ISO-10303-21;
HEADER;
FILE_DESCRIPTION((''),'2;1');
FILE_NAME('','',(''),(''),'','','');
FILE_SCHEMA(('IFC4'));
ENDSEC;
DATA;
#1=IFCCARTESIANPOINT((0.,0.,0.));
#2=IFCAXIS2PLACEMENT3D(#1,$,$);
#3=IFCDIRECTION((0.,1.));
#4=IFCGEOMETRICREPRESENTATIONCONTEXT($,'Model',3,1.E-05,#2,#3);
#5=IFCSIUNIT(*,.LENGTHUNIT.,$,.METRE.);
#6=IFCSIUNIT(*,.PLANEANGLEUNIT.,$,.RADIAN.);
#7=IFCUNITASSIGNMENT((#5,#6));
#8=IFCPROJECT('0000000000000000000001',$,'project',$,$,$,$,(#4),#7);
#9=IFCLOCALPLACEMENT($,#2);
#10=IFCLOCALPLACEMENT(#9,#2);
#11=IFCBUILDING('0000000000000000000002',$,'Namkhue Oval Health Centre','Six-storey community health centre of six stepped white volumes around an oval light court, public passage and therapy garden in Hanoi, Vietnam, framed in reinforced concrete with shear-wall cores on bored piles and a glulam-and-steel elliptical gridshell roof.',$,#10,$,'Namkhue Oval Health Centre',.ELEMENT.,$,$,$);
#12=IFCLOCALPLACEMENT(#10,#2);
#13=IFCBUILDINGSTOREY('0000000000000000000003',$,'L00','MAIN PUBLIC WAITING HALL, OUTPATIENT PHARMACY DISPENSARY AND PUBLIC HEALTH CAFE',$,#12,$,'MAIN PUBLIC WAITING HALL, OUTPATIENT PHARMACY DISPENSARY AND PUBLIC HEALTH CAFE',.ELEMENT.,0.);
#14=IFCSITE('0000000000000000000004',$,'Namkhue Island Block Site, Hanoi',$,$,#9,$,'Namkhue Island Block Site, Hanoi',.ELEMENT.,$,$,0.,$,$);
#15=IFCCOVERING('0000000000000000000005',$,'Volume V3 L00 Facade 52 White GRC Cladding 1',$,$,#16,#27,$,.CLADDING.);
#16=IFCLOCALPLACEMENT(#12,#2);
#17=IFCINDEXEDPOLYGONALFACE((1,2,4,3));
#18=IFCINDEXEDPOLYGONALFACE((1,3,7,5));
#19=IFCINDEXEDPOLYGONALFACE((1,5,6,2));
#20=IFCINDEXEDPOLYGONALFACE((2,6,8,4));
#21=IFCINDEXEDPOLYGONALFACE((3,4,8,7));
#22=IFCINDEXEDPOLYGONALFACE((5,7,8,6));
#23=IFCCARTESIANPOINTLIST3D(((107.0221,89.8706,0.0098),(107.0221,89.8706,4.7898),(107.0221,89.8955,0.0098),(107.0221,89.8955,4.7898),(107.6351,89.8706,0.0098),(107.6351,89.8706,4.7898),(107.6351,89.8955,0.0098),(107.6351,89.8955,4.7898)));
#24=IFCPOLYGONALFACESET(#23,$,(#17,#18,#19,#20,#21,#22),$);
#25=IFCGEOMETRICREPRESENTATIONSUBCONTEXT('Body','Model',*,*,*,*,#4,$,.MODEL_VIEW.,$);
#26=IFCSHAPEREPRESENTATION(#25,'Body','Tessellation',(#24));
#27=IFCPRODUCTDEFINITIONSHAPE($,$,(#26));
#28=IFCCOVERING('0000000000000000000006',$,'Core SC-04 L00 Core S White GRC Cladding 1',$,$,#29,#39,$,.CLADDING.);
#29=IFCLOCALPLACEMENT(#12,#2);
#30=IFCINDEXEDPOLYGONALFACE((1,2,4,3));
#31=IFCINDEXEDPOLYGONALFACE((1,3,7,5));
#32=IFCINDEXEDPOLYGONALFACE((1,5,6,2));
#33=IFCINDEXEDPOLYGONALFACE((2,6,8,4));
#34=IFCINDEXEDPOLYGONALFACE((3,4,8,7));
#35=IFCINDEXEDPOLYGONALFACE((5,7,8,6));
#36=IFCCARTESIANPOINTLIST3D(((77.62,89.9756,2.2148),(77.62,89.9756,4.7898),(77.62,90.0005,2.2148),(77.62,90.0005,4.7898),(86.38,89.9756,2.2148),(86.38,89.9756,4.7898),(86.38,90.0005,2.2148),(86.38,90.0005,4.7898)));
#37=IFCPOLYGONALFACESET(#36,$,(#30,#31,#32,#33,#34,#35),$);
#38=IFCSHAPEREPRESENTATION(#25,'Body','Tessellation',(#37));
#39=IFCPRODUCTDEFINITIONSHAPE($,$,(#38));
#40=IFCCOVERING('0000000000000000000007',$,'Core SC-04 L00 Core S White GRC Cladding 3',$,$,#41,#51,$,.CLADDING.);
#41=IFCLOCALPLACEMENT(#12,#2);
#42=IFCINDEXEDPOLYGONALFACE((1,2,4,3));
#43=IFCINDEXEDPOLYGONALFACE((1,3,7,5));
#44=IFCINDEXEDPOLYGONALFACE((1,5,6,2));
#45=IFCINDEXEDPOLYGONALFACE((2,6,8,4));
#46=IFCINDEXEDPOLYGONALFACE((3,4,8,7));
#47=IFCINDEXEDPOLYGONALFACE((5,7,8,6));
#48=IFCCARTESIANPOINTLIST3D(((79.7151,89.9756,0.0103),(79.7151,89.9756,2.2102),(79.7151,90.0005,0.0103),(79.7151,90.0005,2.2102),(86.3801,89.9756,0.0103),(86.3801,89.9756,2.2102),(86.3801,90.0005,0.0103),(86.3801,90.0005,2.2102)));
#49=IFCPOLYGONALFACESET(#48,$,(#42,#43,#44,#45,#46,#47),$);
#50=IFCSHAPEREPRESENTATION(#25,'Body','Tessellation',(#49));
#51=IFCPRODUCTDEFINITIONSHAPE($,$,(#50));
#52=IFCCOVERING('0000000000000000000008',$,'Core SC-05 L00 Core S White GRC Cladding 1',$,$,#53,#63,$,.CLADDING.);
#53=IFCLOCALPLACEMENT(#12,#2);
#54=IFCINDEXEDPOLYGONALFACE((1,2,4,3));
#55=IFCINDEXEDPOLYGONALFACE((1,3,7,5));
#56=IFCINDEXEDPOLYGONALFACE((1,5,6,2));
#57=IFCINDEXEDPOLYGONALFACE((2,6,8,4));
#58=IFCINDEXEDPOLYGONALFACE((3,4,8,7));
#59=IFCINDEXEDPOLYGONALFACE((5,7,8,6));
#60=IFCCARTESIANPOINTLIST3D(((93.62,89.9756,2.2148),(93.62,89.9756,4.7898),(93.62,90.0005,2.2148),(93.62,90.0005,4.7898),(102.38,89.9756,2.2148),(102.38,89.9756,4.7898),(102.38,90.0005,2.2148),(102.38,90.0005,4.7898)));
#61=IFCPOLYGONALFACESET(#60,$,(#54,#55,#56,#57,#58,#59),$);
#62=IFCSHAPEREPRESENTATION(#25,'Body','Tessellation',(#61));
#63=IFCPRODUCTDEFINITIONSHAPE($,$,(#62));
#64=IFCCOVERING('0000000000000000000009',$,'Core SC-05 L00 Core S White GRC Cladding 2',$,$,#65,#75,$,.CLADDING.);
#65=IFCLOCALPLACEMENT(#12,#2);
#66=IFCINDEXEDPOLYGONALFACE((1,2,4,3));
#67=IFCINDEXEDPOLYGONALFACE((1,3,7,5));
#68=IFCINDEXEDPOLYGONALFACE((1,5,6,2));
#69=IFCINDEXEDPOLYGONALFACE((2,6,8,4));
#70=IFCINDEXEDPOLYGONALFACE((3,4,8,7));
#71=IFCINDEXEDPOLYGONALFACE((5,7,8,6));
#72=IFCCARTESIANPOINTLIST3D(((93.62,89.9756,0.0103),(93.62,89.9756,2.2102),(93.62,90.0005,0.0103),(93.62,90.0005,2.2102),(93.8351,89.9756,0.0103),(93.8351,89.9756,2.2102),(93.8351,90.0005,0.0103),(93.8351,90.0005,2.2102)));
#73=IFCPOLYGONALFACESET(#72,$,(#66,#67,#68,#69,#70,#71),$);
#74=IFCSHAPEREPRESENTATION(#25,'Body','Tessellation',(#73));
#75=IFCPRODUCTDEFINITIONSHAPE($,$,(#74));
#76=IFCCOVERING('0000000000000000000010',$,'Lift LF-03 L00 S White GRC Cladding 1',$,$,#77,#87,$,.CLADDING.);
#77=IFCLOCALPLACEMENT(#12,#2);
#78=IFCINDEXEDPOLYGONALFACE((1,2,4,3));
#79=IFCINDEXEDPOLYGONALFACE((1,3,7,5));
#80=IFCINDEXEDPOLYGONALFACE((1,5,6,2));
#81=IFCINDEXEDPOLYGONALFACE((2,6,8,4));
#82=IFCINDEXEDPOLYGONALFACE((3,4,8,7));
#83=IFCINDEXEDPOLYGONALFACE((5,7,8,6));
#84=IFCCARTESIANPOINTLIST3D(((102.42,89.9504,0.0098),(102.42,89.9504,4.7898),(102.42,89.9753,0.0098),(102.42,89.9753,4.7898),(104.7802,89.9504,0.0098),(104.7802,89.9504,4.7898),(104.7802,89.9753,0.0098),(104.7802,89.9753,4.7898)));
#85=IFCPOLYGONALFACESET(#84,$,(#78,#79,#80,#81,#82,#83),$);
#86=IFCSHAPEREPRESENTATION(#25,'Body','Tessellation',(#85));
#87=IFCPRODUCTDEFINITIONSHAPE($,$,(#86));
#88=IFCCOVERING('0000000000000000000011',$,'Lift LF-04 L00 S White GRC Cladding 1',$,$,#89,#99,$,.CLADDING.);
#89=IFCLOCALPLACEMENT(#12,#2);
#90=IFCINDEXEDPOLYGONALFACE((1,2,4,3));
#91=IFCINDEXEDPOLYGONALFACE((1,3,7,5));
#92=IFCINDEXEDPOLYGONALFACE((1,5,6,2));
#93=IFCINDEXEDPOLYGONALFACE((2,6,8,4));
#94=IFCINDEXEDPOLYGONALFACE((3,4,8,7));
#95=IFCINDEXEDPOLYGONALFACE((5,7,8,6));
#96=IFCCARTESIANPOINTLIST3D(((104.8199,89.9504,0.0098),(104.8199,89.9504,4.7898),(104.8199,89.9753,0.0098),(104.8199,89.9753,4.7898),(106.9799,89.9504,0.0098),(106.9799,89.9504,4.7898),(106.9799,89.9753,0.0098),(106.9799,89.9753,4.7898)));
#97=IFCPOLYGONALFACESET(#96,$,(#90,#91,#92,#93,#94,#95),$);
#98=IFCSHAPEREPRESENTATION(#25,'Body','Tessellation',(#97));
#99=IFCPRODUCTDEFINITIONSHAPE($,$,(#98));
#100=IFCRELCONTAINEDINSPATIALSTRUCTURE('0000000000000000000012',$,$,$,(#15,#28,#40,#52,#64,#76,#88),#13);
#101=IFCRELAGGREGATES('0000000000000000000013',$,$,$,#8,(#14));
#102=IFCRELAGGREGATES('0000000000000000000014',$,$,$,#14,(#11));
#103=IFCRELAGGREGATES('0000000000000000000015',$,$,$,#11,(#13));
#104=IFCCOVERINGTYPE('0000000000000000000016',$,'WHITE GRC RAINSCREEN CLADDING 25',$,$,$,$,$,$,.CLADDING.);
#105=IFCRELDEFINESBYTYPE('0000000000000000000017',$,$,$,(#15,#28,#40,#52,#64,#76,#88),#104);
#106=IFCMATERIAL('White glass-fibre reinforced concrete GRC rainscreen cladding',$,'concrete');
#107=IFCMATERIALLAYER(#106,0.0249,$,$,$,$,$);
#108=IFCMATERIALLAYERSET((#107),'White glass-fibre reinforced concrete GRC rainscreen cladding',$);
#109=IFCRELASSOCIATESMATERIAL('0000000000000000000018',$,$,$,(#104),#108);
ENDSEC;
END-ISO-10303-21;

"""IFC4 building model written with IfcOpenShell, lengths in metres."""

from ifc_helpers import new_model, si_unit, direction, frame, origin, origin_2d, place, context, subcontext, project, spatial, rectangle, extrude, material, layer, layer_set, type_object, element, save


model = new_model("IFC4")

# Units and contexts
model_context = context("Model", 3, precision=1e-05, world=origin(), true_north=direction((0.0, 1.0)))
body_context = subcontext(model_context, "Body", "Model", "MODEL_VIEW")
ifc_project = project(units=[si_unit("LENGTHUNIT", "METRE"), si_unit("PLANEANGLEUNIT", "RADIAN")], contexts=[model_context])

# Site, building, storey
site_placement = place(None, origin())
site = spatial("IfcSite", under=ifc_project, at=site_placement, Name="Namkhue Island Block Site, Hanoi", LongName="Namkhue Island Block Site, Hanoi", CompositionType="ELEMENT", RefElevation=0.0)
building_placement = place(site_placement, origin())
building = spatial("IfcBuilding", under=site, at=building_placement, Name="Namkhue Oval Health Centre", Description="Six-storey community health centre of six stepped white volumes around an oval light court, public passage and therapy garden in Hanoi, Vietnam, framed in reinforced concrete with shear-wall cores on bored piles and a glulam-and-steel elliptical gridshell roof.", LongName="Namkhue Oval Health Centre", CompositionType="ELEMENT")
storey_placement = place(building_placement, origin())
storey = spatial("IfcBuildingStorey", under=building, at=storey_placement, Name="L00", Description="MAIN PUBLIC WAITING HALL, OUTPATIENT PHARMACY DISPENSARY AND PUBLIC HEALTH CAFE", LongName="MAIN PUBLIC WAITING HALL, OUTPATIENT PHARMACY DISPENSARY AND PUBLIC HEALTH CAFE", CompositionType="ELEMENT", Elevation=0.0)

# Coverings
ifc_material_1 = material(Name="White glass-fibre reinforced concrete GRC rainscreen cladding", Category="concrete")
ifc_layer_1 = layer(ifc_material_1, 0.0249)
ifc_layer_set_1 = layer_set([ifc_layer_1], Name="White glass-fibre reinforced concrete GRC rainscreen cladding")
covering_type = type_object("IfcCoveringType", Name="WHITE GRC RAINSCREEN CLADDING 25", PredefinedType="CLADDING", material=ifc_layer_set_1)
covering_1_placement = place(storey_placement, frame((107.3286, 89.8831, 0.0098), z_axis=(0.0, 0.0, 1.0), x_axis=(1.0, 0.0, 0.0)))
element("IfcCovering", 1, at=covering_1_placement, inside=storey, type_object=covering_type, Name="Volume V3 L00 Facade 52 White GRC Cladding 1", PredefinedType="CLADDING", context=body_context, shape_type="SweptSolid", body=[
    extrude(rectangle(XDim=0.613, YDim=0.0249, at=origin_2d()), origin(), (0.0, 0.0, 1.0), 4.78),
])
covering_2_placement = place(storey_placement, frame((82.0, 89.988, 2.2148), z_axis=(0.0, 0.0, 1.0), x_axis=(1.0, 0.0, 0.0)))
element("IfcCovering", 2, at=covering_2_placement, inside=storey, type_object=covering_type, Name="Core SC-04 L00 Core S White GRC Cladding 1", PredefinedType="CLADDING", context=body_context, shape_type="SweptSolid", body=[
    extrude(rectangle(XDim=8.76, YDim=0.0249, at=origin_2d()), origin(), (0.0, 0.0, 1.0), 2.575),
])
covering_3_placement = place(storey_placement, frame((83.0476, 89.988, 0.0103), z_axis=(0.0, 0.0, 1.0), x_axis=(1.0, 0.0, 0.0)))
element("IfcCovering", 3, at=covering_3_placement, inside=storey, type_object=covering_type, Name="Core SC-04 L00 Core S White GRC Cladding 3", PredefinedType="CLADDING", context=body_context, shape_type="SweptSolid", body=[
    extrude(rectangle(XDim=6.665, YDim=0.0249, at=origin_2d()), origin(), (0.0, 0.0, 1.0), 2.2),
])
covering_4_placement = place(storey_placement, frame((98.0, 89.988, 2.2148), z_axis=(0.0, 0.0, 1.0), x_axis=(1.0, 0.0, 0.0)))
element("IfcCovering", 4, at=covering_4_placement, inside=storey, type_object=covering_type, Name="Core SC-05 L00 Core S White GRC Cladding 1", PredefinedType="CLADDING", context=body_context, shape_type="SweptSolid", body=[
    extrude(rectangle(XDim=8.76, YDim=0.0249, at=origin_2d()), origin(), (0.0, 0.0, 1.0), 2.575),
])
covering_5_placement = place(storey_placement, frame((93.7275, 89.988, 0.0103), z_axis=(0.0, 0.0, 1.0), x_axis=(1.0, 0.0, 0.0)))
element("IfcCovering", 5, at=covering_5_placement, inside=storey, type_object=covering_type, Name="Core SC-05 L00 Core S White GRC Cladding 2", PredefinedType="CLADDING", context=body_context, shape_type="SweptSolid", body=[
    extrude(rectangle(XDim=0.2151, YDim=0.0249, at=origin_2d()), origin(), (0.0, 0.0, 1.0), 2.2),
])
covering_6_placement = place(storey_placement, frame((103.6001, 89.9629, 0.0098), z_axis=(0.0, 0.0, 1.0), x_axis=(1.0, 0.0, 0.0)))
element("IfcCovering", 6, at=covering_6_placement, inside=storey, type_object=covering_type, Name="Lift LF-03 L00 S White GRC Cladding 1", PredefinedType="CLADDING", context=body_context, shape_type="SweptSolid", body=[
    extrude(rectangle(XDim=2.3601, YDim=0.0249, at=origin_2d()), origin(), (0.0, 0.0, 1.0), 4.78),
])
covering_7_placement = place(storey_placement, frame((105.8999, 89.9629, 0.0098), z_axis=(0.0, 0.0, 1.0), x_axis=(1.0, 0.0, 0.0)))
element("IfcCovering", 7, at=covering_7_placement, inside=storey, type_object=covering_type, Name="Lift LF-04 L00 S White GRC Cladding 1", PredefinedType="CLADDING", context=body_context, shape_type="SweptSolid", body=[
    extrude(rectangle(XDim=2.1599, YDim=0.0249, at=origin_2d()), origin(), (0.0, 0.0, 1.0), 4.78),
])

save(model, "model.ifc")
